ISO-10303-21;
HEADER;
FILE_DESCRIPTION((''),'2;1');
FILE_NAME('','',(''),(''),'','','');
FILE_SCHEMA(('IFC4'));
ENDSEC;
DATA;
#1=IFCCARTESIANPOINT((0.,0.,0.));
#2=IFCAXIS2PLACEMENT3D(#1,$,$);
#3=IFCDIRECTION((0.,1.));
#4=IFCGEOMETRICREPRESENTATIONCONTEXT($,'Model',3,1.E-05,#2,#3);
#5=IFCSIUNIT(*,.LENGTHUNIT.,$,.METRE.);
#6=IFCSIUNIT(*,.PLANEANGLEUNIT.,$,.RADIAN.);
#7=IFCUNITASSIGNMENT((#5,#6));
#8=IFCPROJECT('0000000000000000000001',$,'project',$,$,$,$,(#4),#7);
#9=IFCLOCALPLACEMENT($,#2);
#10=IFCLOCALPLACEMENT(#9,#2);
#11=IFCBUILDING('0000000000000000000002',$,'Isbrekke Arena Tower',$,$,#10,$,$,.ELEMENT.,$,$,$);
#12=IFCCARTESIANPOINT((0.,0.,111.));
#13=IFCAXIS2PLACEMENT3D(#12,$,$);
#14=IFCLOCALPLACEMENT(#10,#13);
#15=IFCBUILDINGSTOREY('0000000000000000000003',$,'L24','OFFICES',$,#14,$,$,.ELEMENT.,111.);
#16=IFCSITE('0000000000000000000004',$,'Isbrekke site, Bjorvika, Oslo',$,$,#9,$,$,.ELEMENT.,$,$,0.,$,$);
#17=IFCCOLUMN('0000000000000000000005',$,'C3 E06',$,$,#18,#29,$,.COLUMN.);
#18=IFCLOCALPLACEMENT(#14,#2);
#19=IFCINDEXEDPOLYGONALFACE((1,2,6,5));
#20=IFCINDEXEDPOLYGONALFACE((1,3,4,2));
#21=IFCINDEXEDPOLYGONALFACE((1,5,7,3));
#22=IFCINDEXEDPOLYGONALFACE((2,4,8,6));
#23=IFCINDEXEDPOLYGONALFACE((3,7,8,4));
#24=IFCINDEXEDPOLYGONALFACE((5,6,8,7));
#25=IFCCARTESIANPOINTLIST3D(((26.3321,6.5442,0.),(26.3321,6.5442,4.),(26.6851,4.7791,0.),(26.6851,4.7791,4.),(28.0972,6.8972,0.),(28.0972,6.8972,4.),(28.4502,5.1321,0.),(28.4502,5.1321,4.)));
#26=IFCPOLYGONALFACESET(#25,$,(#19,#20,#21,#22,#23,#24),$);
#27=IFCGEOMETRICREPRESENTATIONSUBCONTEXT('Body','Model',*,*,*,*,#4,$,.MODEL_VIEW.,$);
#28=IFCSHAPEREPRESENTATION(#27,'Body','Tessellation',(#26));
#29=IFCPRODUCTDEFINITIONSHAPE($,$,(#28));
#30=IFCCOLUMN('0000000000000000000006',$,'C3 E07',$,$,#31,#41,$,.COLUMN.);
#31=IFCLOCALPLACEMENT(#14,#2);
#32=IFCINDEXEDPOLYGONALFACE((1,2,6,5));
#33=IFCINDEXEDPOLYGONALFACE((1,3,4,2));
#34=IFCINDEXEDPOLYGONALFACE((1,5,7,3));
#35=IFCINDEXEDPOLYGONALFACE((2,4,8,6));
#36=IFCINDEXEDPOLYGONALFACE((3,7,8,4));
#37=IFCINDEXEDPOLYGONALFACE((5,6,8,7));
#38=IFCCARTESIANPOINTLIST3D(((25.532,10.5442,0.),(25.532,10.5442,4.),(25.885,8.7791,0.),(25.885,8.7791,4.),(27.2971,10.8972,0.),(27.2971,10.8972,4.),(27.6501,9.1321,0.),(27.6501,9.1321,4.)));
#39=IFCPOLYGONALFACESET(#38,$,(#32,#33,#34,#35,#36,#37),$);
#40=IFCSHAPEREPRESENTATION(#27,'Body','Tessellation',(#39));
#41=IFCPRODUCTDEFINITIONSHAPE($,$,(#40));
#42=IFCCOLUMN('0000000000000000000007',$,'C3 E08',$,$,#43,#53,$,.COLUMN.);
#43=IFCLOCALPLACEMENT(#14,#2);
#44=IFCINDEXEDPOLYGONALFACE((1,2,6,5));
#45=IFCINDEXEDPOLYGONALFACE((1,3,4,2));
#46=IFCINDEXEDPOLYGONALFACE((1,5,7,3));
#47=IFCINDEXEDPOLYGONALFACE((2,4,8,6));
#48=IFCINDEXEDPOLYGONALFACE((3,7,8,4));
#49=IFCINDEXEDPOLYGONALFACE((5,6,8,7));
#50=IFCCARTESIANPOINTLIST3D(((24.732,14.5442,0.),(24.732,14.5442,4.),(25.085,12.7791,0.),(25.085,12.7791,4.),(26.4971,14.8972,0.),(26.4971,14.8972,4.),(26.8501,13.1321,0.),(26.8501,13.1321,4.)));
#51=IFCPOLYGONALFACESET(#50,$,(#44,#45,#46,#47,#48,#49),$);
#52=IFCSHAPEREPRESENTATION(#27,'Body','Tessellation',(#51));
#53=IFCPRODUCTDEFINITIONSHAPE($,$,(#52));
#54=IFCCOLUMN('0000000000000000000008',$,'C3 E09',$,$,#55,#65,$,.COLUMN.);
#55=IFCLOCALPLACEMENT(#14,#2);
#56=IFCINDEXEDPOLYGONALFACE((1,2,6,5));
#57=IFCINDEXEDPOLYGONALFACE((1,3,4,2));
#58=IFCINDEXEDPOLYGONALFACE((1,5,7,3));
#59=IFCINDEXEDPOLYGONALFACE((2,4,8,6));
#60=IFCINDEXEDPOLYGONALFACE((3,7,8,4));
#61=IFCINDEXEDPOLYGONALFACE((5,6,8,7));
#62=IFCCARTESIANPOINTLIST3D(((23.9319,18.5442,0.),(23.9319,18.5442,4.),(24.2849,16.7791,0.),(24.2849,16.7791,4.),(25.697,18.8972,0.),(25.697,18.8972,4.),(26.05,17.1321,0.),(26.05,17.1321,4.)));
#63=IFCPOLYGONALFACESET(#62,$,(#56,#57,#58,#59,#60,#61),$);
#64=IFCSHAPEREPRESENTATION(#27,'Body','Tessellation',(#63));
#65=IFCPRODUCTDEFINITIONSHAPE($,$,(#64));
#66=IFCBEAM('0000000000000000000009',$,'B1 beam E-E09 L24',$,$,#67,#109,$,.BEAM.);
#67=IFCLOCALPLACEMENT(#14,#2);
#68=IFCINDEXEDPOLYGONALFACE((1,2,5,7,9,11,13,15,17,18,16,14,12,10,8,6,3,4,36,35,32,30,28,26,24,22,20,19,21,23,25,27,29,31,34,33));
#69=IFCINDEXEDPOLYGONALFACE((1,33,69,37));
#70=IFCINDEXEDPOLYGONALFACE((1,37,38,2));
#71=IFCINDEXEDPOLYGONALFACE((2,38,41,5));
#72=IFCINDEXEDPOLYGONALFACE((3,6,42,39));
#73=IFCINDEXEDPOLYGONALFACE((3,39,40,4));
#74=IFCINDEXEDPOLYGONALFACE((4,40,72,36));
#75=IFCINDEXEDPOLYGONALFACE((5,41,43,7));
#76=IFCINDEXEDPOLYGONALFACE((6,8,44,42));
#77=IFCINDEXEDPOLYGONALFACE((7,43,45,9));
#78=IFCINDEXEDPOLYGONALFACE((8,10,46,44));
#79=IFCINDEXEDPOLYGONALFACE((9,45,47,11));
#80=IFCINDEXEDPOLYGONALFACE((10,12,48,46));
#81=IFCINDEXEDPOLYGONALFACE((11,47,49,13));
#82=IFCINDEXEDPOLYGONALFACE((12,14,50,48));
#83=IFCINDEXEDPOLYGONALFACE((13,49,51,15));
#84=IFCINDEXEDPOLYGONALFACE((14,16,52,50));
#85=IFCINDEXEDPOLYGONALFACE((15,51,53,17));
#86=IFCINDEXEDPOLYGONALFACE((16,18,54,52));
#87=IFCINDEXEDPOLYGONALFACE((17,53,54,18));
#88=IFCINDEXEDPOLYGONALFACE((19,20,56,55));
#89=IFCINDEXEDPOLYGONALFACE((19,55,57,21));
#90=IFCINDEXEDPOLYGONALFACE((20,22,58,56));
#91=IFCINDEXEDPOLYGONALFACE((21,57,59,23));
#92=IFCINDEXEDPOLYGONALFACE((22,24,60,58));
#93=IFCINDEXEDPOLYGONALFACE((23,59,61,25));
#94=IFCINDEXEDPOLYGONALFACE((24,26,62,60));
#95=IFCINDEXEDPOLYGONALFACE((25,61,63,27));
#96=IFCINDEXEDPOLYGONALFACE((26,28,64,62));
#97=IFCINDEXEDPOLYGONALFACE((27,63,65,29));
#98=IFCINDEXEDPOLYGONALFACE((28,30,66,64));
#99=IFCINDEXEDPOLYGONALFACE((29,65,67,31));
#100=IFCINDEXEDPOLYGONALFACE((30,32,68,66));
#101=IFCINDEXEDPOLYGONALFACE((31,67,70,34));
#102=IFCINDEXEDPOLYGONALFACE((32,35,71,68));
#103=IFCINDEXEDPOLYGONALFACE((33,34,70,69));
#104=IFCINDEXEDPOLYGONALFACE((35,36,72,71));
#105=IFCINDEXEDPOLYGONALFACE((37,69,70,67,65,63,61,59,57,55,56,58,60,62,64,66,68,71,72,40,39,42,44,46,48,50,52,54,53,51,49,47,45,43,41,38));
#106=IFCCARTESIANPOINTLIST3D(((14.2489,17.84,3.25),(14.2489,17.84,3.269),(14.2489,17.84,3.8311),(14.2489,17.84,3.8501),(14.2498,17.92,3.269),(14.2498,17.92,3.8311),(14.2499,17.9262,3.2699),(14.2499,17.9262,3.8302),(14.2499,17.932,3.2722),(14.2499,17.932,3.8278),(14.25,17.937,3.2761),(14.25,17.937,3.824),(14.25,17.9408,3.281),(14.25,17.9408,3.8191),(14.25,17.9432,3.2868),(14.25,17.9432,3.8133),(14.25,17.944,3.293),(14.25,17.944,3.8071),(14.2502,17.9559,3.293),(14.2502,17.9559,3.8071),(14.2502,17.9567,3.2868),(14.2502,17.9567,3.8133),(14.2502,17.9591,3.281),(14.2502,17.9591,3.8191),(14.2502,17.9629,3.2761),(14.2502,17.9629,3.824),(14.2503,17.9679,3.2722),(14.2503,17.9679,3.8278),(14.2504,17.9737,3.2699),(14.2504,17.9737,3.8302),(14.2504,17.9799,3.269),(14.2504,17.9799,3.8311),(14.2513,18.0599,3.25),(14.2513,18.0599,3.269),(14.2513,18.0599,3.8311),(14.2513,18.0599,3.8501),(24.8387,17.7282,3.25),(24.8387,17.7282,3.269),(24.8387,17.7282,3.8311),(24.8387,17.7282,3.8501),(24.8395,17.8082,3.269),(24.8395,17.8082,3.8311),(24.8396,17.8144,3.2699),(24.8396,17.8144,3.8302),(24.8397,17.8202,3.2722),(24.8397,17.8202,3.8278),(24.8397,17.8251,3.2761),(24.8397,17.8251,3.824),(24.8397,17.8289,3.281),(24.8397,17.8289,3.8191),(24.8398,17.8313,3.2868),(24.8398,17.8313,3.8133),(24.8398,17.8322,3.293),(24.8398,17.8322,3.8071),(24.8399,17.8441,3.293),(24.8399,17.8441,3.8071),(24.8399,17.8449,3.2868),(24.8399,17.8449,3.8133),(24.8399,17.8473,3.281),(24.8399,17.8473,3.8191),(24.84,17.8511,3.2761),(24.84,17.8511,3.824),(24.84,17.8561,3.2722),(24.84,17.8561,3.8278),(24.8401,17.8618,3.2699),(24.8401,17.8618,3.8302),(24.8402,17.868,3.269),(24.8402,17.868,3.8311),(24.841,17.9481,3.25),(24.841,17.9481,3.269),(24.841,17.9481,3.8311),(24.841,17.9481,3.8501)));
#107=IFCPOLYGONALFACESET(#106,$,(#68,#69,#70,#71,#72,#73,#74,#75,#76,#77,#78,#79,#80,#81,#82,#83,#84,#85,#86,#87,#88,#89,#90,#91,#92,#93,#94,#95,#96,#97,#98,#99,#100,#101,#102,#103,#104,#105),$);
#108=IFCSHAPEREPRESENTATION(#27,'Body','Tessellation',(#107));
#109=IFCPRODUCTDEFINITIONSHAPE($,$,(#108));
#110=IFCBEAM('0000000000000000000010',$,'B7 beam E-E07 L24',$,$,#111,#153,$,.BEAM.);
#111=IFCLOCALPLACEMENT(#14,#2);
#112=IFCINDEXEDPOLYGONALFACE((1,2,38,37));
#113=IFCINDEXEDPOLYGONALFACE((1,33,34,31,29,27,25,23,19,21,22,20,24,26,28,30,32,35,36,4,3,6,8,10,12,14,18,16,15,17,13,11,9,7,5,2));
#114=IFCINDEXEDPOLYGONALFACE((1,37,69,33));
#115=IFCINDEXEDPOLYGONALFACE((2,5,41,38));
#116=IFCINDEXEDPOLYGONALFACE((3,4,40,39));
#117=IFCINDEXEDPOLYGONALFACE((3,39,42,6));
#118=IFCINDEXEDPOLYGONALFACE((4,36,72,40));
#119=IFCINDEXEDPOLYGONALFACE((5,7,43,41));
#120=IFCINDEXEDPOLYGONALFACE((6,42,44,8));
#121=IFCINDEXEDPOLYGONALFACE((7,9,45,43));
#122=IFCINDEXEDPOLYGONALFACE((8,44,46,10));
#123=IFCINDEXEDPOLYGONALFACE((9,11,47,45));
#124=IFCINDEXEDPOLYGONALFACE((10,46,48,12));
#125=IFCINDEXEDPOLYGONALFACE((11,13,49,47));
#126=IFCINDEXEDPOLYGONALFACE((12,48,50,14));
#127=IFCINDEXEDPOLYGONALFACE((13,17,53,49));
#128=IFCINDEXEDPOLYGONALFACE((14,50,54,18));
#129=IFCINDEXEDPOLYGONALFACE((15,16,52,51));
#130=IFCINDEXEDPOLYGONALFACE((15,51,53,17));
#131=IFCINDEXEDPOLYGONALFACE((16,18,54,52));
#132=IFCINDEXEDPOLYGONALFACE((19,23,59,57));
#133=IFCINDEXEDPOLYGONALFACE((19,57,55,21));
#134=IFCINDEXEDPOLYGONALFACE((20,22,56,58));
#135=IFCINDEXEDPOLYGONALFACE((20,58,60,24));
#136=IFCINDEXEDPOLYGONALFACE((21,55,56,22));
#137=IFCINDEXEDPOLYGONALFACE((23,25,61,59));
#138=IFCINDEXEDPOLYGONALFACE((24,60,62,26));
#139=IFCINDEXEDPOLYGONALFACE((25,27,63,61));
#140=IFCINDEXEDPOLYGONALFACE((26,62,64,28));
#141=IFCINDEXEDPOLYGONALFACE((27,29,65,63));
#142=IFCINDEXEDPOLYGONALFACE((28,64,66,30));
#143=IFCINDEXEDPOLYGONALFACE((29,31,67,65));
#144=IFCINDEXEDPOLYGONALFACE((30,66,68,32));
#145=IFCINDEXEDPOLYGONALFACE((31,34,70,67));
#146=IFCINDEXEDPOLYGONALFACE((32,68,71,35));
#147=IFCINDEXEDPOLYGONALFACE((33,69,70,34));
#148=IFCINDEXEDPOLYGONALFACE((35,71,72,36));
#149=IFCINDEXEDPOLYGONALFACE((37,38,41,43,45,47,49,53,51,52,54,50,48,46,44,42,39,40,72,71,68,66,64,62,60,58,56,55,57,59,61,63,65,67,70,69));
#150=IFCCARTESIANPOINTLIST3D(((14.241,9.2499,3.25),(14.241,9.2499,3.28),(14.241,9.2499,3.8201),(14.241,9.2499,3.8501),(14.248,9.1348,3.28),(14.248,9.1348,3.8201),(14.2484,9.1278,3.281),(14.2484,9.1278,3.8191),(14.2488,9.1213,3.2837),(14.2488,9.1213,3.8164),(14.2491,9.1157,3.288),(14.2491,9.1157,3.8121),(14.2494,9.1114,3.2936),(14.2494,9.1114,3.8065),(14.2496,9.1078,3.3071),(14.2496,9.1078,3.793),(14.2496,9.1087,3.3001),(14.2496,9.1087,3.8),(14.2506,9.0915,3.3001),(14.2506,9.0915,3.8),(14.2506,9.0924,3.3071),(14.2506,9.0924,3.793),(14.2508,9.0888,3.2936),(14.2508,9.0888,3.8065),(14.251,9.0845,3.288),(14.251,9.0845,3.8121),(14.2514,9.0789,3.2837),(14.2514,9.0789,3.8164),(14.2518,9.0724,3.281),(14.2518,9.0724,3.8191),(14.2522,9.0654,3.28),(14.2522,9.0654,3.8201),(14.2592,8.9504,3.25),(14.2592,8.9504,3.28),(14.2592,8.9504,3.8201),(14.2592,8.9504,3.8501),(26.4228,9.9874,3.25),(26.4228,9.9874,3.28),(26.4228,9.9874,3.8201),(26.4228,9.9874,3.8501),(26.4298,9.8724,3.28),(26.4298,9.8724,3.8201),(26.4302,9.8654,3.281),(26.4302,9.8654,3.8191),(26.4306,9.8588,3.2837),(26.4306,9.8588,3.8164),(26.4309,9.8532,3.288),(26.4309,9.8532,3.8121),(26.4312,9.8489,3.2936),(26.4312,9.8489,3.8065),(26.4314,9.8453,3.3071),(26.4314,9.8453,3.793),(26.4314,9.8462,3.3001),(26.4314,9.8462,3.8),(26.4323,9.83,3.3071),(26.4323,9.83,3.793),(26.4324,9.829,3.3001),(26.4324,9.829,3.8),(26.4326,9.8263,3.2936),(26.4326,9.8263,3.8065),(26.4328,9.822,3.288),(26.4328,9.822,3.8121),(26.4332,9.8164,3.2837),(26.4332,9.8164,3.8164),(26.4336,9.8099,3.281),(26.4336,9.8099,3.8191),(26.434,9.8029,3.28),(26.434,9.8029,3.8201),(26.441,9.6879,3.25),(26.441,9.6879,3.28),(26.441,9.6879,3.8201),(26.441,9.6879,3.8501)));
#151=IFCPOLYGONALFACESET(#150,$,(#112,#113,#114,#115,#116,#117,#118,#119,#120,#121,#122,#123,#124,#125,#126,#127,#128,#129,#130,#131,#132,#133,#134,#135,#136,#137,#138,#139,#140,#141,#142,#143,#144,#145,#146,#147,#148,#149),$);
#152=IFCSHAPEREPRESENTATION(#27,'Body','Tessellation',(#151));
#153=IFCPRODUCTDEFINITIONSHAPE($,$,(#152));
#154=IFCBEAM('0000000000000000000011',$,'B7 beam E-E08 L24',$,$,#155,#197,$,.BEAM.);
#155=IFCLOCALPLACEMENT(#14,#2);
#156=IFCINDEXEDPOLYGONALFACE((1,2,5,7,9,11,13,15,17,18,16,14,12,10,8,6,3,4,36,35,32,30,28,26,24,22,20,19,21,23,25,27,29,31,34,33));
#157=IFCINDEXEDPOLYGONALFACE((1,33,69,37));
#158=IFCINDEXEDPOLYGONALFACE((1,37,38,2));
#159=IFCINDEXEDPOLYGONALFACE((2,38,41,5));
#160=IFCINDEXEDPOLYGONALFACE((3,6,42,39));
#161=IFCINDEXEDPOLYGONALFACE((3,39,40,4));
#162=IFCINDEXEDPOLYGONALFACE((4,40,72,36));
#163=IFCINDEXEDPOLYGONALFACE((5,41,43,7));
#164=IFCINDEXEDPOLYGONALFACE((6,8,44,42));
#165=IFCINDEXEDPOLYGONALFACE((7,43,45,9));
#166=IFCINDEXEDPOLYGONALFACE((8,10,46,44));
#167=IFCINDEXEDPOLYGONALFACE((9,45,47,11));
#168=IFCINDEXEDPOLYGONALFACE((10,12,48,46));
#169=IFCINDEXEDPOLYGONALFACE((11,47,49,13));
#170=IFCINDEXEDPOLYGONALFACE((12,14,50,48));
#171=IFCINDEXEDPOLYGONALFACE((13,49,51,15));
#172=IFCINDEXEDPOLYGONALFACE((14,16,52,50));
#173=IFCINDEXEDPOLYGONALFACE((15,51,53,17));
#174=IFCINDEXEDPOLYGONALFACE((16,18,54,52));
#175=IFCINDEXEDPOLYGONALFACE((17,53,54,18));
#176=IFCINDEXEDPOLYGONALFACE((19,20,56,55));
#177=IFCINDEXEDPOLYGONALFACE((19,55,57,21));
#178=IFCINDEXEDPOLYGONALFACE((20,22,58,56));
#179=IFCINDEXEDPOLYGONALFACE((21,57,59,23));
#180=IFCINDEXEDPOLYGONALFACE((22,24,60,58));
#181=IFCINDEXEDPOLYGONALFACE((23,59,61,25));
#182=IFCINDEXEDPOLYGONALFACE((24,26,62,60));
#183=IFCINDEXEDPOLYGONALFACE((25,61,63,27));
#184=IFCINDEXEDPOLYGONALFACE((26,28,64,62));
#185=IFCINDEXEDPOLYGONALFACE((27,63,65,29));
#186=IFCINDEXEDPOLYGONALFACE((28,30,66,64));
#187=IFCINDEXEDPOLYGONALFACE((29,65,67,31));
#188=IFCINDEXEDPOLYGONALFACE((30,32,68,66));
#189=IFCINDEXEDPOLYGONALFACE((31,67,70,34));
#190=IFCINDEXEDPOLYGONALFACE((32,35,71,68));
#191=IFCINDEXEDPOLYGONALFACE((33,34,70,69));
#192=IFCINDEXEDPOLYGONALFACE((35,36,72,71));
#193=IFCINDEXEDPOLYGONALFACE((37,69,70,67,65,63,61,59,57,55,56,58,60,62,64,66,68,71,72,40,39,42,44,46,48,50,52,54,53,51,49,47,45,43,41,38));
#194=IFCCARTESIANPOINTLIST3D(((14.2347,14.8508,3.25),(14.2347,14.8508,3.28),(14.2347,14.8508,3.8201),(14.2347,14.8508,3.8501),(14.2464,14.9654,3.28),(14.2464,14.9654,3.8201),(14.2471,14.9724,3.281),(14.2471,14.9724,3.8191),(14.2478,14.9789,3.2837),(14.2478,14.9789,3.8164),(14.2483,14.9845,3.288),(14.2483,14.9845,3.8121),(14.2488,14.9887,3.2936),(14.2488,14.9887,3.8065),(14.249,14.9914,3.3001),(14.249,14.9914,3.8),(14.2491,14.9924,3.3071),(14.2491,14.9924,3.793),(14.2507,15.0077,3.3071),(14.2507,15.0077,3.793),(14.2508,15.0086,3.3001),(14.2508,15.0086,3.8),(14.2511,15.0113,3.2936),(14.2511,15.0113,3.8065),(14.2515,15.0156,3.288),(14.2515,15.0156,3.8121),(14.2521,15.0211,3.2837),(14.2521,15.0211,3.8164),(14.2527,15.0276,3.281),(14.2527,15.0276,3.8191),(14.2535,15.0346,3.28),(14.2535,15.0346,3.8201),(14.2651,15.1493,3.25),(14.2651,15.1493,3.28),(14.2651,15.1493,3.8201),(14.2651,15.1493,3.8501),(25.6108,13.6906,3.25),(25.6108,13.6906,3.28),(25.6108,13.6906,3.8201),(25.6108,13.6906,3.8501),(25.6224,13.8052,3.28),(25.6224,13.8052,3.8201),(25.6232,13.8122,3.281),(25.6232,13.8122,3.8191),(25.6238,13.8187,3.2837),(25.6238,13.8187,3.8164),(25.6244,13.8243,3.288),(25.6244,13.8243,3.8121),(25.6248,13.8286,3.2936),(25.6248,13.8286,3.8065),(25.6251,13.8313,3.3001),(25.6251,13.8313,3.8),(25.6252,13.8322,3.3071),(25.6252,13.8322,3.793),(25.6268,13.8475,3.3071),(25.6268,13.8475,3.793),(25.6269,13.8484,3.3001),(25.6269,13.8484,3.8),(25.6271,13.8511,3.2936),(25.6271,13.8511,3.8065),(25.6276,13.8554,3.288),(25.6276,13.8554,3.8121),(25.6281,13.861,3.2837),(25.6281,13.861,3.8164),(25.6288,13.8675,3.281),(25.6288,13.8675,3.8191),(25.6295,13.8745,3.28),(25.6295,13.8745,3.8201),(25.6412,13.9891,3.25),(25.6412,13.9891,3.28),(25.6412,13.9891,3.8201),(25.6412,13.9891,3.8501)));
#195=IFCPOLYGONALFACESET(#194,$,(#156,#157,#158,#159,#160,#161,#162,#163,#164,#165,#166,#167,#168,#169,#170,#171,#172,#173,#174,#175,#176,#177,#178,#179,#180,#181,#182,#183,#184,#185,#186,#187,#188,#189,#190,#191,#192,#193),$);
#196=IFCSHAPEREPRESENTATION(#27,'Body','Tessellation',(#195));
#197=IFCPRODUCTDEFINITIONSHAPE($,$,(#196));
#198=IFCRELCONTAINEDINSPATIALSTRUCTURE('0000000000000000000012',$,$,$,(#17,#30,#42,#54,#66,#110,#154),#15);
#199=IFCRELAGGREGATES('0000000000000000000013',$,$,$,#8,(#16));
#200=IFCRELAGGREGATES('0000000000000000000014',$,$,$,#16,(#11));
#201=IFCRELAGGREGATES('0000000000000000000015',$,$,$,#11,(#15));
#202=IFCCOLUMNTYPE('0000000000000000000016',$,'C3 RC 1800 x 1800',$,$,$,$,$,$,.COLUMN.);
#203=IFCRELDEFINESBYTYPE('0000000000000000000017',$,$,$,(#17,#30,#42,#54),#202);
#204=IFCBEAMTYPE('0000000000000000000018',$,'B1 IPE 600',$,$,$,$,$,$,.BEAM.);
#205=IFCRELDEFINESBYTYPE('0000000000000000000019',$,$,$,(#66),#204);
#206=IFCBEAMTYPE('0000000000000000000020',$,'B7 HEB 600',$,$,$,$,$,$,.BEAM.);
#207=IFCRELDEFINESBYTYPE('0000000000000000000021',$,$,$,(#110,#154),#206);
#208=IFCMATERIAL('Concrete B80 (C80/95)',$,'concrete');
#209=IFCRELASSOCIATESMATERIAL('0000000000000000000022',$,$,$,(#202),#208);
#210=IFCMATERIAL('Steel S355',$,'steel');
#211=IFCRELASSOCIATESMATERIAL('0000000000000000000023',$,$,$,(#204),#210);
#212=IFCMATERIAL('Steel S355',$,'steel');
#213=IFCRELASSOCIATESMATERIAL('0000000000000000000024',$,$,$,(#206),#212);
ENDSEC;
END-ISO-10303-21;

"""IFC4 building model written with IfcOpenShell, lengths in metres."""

from ifc_helpers import new_model, si_unit, direction, frame, origin, origin_2d, place, context, subcontext, project, spatial, rectangle, i_section, extrude, material, material_profile, profile_set, type_object, element, save


model = new_model("IFC4")

# Units and contexts
model_context = context("Model", 3, precision=1e-05, world=origin(), true_north=direction((0.0, 1.0)))
body_context = subcontext(model_context, "Body", "Model", "MODEL_VIEW")
ifc_project = project(units=[si_unit("LENGTHUNIT", "METRE"), si_unit("PLANEANGLEUNIT", "RADIAN")], contexts=[model_context])

# Site, building, storey
site_placement = place(None, origin())
site = spatial("IfcSite", under=ifc_project, at=site_placement, Name="Isbrekke site, Bjorvika, Oslo", CompositionType="ELEMENT", RefElevation=0.0)
building_placement = place(site_placement, origin())
building = spatial("IfcBuilding", under=site, at=building_placement, Name="Isbrekke Arena Tower", CompositionType="ELEMENT")
storey_placement = place(building_placement, frame((0.0, 0.0, 111.0)))
storey = spatial("IfcBuildingStorey", under=building, at=storey_placement, Name="L24", Description="OFFICES", CompositionType="ELEMENT", Elevation=111.0)

# Columns
ifc_material_1 = material(Name="Concrete B80 (C80/95)", Category="concrete")
ifc_material_profile_1 = material_profile(ifc_material_1, rectangle(XDim=1.8, YDim=1.8, at=origin_2d()), Name="RC 1800x1800")
ifc_profile_set_1 = profile_set([ifc_material_profile_1], Name="Concrete B80 (C80/95)")
column_type = type_object("IfcColumnType", Name="C3 RC 1800 x 1800", PredefinedType="COLUMN", material=ifc_profile_set_1)
for number, where, z_axis, x_axis, name in (
    (1, (27.3911, 5.8381, 0.0), (0.0, 0.0, 1.0), (-0.196116, 0.980581, 0.0), "C3 E06"),
    (2, (26.5911, 9.8381, 0.0), (0.0, 0.0, 1.0), (-0.196116, 0.980581, 0.0), "C3 E07"),
    (3, (25.791, 13.8381, 0.0), (0.0, 0.0, 1.0), (-0.196116, 0.980581, 0.0), "C3 E08"),
    (4, (24.991, 17.8381, 0.0), (0.0, 0.0, 1.0), (-0.196116, 0.980581, 0.0), "C3 E09"),
):
    element("IfcColumn", number, at=place(storey_placement, frame(where, z_axis=z_axis, x_axis=x_axis)), inside=storey, type_object=column_type, Name=name, PredefinedType="COLUMN", context=body_context, shape_type="SweptSolid", body=[
        extrude(rectangle(XDim=1.8, YDim=1.8, at=origin_2d()), origin(), (0.0, 0.0, 1.0), 4.0),
    ])

# Beams
ifc_material_2 = material(Name="Steel S355", Category="steel")
ifc_material_profile_2 = material_profile(ifc_material_2, i_section(OverallWidth=0.22, OverallDepth=0.6001, WebThickness=0.012, FlangeThickness=0.019, FilletRadius=0.0239, at=origin_2d()), Name="IPE 600")
ifc_profile_set_2 = profile_set([ifc_material_profile_2], Name="Steel S355")
beam_type_1 = type_object("IfcBeamType", Name="B1 IPE 600", PredefinedType="BEAM", material=ifc_profile_set_2)
beam_1_placement = place(storey_placement, frame((24.8398, 17.8381, 3.55), z_axis=(-0.999944, 0.010558, 0.0), x_axis=(-0.010558, -0.999944, 0.0)))
element("IfcBeam", 5, at=beam_1_placement, inside=storey, type_object=beam_type_1, Name="B1 beam E-E09 L24", PredefinedType="BEAM", context=body_context, shape_type="SweptSolid", body=[
    extrude(i_section(OverallWidth=0.22, OverallDepth=0.6001, WebThickness=0.012, FlangeThickness=0.019, FilletRadius=0.0239, at=origin_2d()), origin(), (0.0, 0.0, 1.0), 10.5903),
])
ifc_material_3 = material(Name="Steel S355", Category="steel")
ifc_material_profile_3 = material_profile(ifc_material_3, i_section(OverallWidth=0.3, OverallDepth=0.6001, WebThickness=0.0154, FlangeThickness=0.03, FilletRadius=0.0271, at=origin_2d()), Name="HEB 600")
ifc_profile_set_3 = profile_set([ifc_material_profile_3], Name="Steel S355")
beam_type_2 = type_object("IfcBeamType", Name="B7 HEB 600", PredefinedType="BEAM", material=ifc_profile_set_3)
beam_2_placement = place(storey_placement, frame((26.4319, 9.8376, 3.55), z_axis=(-0.998172, -0.060434, 0.0), x_axis=(0.060434, -0.998172, 0.0)))
element("IfcBeam", 6, at=beam_2_placement, inside=storey, type_object=beam_type_2, Name="B7 beam E-E07 L24", PredefinedType="BEAM", context=body_context, shape_type="SweptSolid", body=[
    extrude(i_section(OverallWidth=0.3, OverallDepth=0.6001, WebThickness=0.0154, FlangeThickness=0.03, FilletRadius=0.0271, at=origin_2d()), origin(), (0.0, 0.0, 1.0), 12.2041),
])
beam_3_placement = place(storey_placement, frame((25.626, 13.8398, 3.55), z_axis=(-0.99484, 0.101457, 0.0), x_axis=(-0.101457, -0.99484, 0.0)))
element("IfcBeam", 7, at=beam_3_placement, inside=storey, type_object=beam_type_2, Name="B7 beam E-E08 L24", PredefinedType="BEAM", context=body_context, shape_type="SweptSolid", body=[
    extrude(i_section(OverallWidth=0.3, OverallDepth=0.6001, WebThickness=0.0154, FlangeThickness=0.03, FilletRadius=0.0271, at=origin_2d()), origin(), (0.0, 0.0, 1.0), 11.4351),
])

save(model, "model.ifc")
